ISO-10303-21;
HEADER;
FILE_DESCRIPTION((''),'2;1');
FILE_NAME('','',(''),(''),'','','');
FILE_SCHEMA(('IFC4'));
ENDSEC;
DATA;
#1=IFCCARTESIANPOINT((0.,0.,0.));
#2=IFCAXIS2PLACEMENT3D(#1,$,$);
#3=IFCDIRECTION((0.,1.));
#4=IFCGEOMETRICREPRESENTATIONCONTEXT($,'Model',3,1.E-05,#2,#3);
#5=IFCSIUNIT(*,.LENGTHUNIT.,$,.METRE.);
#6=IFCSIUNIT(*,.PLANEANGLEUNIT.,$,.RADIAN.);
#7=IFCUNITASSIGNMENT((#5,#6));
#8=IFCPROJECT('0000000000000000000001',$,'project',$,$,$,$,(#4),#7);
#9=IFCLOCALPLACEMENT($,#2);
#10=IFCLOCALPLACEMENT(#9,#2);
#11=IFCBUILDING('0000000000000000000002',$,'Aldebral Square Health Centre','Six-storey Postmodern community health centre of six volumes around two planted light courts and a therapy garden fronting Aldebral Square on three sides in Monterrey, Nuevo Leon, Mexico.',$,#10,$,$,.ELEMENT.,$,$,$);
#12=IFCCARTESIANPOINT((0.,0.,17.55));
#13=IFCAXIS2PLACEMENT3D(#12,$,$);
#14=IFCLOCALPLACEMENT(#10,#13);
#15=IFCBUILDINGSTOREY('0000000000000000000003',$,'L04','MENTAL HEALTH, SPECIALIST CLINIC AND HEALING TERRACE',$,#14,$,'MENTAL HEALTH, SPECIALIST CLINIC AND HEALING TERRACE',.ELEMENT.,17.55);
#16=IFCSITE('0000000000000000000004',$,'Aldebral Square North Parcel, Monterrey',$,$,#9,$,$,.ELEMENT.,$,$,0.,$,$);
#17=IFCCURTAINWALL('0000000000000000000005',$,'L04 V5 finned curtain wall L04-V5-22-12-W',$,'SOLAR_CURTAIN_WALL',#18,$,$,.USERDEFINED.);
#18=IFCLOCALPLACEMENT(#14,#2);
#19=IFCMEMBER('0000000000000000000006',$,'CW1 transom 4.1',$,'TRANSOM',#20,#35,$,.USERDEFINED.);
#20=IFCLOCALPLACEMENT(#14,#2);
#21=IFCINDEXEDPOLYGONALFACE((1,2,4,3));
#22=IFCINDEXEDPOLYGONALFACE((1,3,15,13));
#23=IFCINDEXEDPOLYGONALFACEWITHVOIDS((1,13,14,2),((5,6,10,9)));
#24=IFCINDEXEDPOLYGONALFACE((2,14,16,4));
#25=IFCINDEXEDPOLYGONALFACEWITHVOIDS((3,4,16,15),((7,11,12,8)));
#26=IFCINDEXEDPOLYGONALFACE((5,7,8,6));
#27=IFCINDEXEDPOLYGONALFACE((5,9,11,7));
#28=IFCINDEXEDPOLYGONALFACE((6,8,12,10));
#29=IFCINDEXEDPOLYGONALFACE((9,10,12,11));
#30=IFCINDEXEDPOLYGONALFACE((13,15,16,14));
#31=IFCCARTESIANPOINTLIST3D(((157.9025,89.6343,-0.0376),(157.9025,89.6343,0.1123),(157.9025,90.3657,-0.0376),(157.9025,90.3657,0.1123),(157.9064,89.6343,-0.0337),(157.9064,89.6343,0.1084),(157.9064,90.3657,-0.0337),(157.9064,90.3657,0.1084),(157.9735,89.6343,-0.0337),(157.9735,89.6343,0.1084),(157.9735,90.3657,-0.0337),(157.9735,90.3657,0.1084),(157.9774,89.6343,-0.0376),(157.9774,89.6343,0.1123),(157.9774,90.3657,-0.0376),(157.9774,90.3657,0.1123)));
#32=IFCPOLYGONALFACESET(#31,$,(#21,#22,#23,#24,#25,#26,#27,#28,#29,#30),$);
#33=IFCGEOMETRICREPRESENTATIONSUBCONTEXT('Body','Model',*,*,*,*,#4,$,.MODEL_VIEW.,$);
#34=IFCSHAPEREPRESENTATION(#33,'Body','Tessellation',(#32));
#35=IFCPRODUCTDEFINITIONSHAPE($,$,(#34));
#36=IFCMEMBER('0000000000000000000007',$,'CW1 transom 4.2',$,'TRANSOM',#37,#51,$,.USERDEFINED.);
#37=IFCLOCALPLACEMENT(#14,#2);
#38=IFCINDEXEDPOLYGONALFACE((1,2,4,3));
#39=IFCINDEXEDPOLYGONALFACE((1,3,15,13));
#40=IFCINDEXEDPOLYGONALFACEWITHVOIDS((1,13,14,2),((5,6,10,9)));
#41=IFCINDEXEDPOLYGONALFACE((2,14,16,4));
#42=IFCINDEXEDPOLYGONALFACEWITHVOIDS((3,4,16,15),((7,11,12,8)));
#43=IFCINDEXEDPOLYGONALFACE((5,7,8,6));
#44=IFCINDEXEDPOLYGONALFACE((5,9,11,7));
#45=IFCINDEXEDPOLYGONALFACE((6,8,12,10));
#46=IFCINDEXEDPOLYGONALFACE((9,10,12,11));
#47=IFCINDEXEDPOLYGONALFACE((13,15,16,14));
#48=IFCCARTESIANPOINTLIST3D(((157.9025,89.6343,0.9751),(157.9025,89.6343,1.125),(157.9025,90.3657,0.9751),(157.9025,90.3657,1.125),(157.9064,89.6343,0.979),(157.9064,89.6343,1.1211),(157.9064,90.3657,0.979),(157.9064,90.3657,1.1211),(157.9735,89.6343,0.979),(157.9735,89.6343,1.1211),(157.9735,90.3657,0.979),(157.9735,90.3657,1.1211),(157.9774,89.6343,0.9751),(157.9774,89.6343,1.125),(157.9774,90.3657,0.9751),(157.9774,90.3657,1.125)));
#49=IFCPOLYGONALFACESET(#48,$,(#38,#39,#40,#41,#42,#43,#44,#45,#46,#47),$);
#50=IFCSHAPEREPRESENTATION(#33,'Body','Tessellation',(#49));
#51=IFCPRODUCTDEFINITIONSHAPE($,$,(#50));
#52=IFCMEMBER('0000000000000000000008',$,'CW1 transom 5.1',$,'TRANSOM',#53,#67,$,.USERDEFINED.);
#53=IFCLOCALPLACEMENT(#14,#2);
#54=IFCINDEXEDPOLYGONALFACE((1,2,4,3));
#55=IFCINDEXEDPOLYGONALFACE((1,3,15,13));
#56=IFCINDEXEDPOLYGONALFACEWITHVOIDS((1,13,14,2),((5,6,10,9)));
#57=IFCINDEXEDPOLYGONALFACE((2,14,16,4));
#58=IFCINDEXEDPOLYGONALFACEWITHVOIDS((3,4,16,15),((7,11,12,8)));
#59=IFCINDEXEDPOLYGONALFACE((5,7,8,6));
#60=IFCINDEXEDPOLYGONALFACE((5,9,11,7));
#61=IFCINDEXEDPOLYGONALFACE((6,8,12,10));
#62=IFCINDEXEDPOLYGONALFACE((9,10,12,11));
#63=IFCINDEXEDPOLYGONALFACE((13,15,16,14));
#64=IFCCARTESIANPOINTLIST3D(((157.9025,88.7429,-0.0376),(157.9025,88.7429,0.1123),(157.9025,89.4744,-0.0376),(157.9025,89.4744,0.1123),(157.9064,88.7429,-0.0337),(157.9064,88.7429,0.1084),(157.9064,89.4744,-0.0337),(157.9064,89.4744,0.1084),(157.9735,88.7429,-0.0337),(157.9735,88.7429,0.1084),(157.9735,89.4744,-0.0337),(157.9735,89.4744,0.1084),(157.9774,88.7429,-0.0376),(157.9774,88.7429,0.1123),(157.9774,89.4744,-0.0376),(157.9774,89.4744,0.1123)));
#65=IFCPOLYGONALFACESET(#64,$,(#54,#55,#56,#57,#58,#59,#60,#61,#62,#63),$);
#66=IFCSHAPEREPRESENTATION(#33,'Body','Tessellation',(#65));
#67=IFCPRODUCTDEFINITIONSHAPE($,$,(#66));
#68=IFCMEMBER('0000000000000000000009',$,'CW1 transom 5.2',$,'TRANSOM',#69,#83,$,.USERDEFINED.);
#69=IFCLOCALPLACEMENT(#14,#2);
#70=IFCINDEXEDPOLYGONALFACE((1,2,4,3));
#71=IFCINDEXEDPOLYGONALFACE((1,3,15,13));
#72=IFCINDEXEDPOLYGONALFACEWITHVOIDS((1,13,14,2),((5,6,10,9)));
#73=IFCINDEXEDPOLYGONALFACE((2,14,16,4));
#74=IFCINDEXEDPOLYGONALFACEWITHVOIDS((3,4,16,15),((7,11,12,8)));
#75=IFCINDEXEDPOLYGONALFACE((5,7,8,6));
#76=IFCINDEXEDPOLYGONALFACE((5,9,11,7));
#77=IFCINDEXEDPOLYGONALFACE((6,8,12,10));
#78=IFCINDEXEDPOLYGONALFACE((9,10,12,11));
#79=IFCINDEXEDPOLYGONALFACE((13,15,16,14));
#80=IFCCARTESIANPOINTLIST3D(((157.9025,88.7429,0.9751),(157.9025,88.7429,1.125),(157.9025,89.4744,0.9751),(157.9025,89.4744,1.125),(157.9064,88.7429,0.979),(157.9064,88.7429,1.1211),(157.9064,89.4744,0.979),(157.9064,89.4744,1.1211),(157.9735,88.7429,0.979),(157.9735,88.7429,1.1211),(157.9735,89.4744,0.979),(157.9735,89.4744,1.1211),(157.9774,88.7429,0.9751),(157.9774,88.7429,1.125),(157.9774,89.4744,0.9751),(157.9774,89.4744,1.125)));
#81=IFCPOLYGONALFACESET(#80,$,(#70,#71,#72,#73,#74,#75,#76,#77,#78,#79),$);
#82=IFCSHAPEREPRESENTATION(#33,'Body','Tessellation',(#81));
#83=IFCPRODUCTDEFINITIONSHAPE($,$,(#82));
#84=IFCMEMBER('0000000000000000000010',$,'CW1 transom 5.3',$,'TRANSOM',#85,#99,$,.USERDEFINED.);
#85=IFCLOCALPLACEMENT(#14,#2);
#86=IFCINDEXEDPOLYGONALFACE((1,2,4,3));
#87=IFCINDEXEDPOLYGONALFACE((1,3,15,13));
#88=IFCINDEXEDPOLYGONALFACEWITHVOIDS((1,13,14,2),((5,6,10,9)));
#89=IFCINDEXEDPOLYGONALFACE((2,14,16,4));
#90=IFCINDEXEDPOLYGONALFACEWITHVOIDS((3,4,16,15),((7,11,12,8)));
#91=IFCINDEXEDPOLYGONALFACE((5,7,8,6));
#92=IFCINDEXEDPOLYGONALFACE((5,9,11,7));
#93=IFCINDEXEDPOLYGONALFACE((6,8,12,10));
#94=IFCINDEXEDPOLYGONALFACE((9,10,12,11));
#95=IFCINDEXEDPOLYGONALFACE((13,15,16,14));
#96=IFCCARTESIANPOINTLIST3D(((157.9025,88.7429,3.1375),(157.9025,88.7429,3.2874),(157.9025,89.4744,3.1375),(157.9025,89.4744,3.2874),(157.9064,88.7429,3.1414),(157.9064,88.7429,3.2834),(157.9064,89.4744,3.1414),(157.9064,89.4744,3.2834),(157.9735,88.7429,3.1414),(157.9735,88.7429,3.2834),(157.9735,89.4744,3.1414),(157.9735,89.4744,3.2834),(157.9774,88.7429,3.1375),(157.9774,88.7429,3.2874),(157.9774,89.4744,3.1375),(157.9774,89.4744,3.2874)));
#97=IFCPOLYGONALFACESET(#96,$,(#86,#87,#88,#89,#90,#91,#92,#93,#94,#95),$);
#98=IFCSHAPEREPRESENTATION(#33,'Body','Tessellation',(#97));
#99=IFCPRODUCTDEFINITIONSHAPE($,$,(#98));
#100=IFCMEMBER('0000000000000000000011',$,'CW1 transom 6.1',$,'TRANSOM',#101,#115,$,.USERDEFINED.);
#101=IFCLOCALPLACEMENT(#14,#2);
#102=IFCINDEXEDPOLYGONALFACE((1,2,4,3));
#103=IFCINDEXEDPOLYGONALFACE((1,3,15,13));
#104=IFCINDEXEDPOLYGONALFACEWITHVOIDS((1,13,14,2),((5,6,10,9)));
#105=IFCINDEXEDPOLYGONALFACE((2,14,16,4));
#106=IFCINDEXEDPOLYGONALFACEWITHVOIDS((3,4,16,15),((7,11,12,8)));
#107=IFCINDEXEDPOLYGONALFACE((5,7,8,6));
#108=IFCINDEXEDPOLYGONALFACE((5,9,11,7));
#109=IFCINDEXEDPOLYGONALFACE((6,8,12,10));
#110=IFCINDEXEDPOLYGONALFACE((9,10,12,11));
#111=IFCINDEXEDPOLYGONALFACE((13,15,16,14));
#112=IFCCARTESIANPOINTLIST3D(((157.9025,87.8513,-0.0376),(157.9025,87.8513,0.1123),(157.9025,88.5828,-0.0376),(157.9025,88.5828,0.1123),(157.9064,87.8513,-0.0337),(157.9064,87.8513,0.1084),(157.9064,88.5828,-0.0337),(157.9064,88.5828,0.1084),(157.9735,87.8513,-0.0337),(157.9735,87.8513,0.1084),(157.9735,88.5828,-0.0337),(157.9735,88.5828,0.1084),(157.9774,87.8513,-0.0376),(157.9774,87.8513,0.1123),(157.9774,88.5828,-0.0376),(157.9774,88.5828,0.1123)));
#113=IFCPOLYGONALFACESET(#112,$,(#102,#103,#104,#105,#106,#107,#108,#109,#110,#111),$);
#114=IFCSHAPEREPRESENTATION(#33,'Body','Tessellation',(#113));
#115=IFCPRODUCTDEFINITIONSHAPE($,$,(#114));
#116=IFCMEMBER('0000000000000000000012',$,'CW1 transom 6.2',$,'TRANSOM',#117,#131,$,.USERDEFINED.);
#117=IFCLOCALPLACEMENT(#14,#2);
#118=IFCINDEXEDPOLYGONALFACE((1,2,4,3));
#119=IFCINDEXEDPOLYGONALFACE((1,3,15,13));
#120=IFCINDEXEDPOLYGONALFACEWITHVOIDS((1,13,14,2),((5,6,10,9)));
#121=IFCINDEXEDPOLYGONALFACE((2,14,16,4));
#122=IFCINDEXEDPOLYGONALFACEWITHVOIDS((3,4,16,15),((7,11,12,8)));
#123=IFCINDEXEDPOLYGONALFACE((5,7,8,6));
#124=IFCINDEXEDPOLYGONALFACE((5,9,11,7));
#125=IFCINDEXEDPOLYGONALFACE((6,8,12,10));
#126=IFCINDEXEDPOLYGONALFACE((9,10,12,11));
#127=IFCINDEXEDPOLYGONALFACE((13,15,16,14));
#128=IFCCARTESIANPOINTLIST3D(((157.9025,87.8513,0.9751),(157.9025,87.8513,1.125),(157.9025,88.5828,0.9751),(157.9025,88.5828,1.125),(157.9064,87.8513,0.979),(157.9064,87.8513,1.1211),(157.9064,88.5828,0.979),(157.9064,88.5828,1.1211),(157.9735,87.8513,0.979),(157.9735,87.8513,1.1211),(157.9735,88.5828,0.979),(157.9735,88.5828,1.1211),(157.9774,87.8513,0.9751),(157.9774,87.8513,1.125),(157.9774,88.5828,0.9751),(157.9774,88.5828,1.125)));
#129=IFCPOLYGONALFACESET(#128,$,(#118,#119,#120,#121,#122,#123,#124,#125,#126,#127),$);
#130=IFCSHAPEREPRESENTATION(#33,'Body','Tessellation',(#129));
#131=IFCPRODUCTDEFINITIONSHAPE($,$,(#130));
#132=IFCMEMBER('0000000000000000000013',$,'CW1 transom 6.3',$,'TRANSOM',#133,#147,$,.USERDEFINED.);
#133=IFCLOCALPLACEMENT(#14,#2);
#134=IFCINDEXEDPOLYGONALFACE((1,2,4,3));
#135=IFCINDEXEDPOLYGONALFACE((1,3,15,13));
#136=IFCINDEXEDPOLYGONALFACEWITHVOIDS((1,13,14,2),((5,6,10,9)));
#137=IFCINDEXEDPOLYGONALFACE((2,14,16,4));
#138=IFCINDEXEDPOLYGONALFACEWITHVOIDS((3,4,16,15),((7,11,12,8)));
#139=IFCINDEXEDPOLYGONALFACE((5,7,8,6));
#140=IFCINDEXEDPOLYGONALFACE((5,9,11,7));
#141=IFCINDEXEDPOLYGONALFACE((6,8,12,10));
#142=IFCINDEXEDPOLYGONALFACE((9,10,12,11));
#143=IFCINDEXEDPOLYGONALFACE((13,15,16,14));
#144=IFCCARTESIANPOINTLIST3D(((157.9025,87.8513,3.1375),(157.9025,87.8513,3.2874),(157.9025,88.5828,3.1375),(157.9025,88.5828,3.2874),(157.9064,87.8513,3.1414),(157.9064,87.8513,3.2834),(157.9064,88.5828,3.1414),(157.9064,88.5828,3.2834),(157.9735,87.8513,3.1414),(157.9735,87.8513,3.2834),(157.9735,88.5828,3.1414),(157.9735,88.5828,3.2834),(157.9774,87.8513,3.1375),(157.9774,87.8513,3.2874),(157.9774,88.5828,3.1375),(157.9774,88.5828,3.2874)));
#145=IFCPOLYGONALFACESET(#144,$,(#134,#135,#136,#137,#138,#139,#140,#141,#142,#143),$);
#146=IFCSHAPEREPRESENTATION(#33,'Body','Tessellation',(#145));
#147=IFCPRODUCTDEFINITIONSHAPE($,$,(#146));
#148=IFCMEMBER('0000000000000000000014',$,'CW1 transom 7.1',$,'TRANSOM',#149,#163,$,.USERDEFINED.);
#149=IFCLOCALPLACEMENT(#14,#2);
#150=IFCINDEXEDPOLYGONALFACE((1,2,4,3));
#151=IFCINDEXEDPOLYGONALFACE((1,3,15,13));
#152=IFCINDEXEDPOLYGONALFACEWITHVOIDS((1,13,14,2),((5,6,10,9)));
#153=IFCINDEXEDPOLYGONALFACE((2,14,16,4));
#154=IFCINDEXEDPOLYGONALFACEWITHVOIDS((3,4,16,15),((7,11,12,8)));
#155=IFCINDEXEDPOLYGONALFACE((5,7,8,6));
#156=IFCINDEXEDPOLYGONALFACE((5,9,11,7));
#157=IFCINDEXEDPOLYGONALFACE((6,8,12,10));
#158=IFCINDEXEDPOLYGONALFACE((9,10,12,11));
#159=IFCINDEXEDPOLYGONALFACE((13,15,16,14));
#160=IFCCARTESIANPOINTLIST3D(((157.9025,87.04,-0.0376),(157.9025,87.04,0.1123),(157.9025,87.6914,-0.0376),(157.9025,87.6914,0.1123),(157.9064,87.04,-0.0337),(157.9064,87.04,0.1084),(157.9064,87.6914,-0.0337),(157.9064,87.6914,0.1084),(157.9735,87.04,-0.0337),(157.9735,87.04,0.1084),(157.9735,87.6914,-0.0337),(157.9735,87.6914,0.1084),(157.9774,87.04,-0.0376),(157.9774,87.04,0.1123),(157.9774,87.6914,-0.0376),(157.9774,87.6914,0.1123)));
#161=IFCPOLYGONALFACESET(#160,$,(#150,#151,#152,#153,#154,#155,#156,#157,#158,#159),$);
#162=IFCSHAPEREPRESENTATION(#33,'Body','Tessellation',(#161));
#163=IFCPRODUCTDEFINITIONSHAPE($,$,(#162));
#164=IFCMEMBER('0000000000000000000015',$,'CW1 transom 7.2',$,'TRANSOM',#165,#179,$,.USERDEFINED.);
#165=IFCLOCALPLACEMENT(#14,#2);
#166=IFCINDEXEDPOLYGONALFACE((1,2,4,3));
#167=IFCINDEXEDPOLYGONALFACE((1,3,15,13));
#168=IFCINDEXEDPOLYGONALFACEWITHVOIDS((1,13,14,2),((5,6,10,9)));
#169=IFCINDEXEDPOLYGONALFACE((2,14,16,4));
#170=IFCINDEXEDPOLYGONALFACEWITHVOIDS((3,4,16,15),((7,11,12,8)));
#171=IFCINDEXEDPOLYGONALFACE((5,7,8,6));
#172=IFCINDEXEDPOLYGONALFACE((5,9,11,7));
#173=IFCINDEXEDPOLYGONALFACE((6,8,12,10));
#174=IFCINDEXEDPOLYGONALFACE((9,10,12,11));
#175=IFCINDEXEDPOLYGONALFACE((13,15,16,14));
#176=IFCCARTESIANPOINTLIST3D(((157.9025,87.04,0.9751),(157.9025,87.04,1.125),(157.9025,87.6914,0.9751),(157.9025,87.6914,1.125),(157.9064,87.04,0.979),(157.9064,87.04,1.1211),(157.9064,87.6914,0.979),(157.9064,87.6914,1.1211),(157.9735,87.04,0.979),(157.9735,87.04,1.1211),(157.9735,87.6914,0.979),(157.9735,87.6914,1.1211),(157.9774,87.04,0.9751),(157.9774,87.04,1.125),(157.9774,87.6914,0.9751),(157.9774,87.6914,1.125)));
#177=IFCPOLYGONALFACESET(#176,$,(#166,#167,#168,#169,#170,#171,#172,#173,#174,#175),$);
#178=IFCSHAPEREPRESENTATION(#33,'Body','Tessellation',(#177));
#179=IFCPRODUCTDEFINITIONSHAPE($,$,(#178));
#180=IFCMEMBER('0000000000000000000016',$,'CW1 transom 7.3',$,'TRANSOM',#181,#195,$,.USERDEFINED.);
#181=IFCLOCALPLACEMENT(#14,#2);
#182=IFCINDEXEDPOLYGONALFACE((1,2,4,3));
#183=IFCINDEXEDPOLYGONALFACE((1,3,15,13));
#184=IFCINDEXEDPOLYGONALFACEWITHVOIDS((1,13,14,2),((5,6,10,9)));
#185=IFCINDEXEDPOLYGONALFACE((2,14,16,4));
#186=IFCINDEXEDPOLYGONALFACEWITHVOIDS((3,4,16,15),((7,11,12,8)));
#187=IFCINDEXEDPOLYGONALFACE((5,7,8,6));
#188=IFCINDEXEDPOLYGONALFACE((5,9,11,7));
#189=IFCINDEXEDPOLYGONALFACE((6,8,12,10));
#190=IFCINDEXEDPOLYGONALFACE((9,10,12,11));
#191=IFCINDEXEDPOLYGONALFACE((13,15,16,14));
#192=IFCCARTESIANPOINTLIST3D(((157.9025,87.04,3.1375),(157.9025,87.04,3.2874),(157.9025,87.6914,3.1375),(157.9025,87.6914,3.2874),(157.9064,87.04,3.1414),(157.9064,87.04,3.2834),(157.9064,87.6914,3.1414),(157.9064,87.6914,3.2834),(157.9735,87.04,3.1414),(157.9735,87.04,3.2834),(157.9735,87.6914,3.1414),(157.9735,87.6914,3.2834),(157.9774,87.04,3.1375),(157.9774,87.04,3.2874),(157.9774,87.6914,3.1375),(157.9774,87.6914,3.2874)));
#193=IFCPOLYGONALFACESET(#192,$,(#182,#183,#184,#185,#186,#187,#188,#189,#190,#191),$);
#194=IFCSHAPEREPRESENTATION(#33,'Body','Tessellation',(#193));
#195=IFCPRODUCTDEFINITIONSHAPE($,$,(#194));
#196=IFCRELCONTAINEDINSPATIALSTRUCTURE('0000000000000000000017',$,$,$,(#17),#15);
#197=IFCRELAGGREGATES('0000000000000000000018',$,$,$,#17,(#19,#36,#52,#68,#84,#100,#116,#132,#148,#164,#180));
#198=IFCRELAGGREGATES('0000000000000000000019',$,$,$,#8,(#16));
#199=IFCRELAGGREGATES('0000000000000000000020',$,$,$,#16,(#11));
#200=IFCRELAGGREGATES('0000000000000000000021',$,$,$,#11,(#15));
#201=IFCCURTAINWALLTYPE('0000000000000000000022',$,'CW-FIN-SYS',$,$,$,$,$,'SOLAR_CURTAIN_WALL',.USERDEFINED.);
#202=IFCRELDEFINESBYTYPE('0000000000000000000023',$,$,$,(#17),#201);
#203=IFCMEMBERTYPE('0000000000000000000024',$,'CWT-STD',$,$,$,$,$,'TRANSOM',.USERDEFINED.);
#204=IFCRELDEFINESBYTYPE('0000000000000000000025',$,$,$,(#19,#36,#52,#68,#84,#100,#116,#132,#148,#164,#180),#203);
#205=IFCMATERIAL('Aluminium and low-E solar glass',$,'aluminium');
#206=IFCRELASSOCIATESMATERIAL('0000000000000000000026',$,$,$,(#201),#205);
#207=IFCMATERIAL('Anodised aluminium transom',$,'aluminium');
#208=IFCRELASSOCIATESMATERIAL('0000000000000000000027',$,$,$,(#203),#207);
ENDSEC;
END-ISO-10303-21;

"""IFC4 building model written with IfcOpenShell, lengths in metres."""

from ifc_helpers import new_model, si_unit, direction, frame, origin, origin_2d, place, context, subcontext, project, spatial, hollow_rectangle, extrude, material, material_profile, profile_set, type_object, element, aggregate, save


model = new_model("IFC4")

# Units and contexts
model_context = context("Model", 3, precision=1e-05, world=origin(), true_north=direction((0.0, 1.0)))
body_context = subcontext(model_context, "Body", "Model", "MODEL_VIEW")
ifc_project = project(units=[si_unit("LENGTHUNIT", "METRE"), si_unit("PLANEANGLEUNIT", "RADIAN")], contexts=[model_context])

# Site, building, storey
site_placement = place(None, origin())
site = spatial("IfcSite", under=ifc_project, at=site_placement, Name="Aldebral Square North Parcel, Monterrey", CompositionType="ELEMENT", RefElevation=0.0)
building_placement = place(site_placement, origin())
building = spatial("IfcBuilding", under=site, at=building_placement, Name="Aldebral Square Health Centre", Description="Six-storey Postmodern community health centre of six volumes around two planted light courts and a therapy garden fronting Aldebral Square on three sides in Monterrey, Nuevo Leon, Mexico.", CompositionType="ELEMENT")
storey_placement = place(building_placement, frame((0.0, 0.0, 17.55)))
storey = spatial("IfcBuildingStorey", under=building, at=storey_placement, Name="L04", Description="MENTAL HEALTH, SPECIALIST CLINIC AND HEALING TERRACE", LongName="MENTAL HEALTH, SPECIALIST CLINIC AND HEALING TERRACE", CompositionType="ELEMENT", Elevation=17.55)

# Curtain wall, members
ifc_material_1 = material(Name="Aluminium and low-E solar glass", Category="aluminium")
curtain_wall_type = type_object("IfcCurtainWallType", Name="CW-FIN-SYS", ElementType="SOLAR_CURTAIN_WALL", PredefinedType="USERDEFINED", material=ifc_material_1)
curtain_wall_placement = place(storey_placement, origin())
curtain_wall = element("IfcCurtainWall", 1, at=curtain_wall_placement, inside=storey, type_object=curtain_wall_type, Name="L04 V5 finned curtain wall L04-V5-22-12-W", ObjectType="SOLAR_CURTAIN_WALL", PredefinedType="USERDEFINED")
ifc_material_2 = material(Name="Anodised aluminium transom", Category="aluminium")
ifc_material_profile = material_profile(ifc_material_2, hollow_rectangle(XDim=0.075, YDim=0.1499, WallThickness=0.0039, at=origin_2d()), Name="CWT 75x150x4")
ifc_profile_set = profile_set([ifc_material_profile], Name="Anodised aluminium transom")
member_type = type_object("IfcMemberType", Name="CWT-STD", ElementType="TRANSOM", PredefinedType="USERDEFINED", material=ifc_profile_set)
member_1_placement = place(storey_placement, frame((157.9399, 90.3657, 0.0374), z_axis=(0.0, -1.0, 0.0), x_axis=(1.0, 0.0, 0.0)))
member_1 = element("IfcMember", 2, at=member_1_placement, type_object=member_type, Name="CW1 transom 4.1", ObjectType="TRANSOM", PredefinedType="USERDEFINED", context=body_context, shape_type="SweptSolid", body=[
    extrude(hollow_rectangle(XDim=0.075, YDim=0.1499, WallThickness=0.0039, at=origin_2d()), origin(), (0.0, 0.0, 1.0), 0.7314),
])
member_2_placement = place(storey_placement, frame((157.9399, 90.3657, 1.05), z_axis=(0.0, -1.0, 0.0), x_axis=(1.0, 0.0, 0.0)))
member_2 = element("IfcMember", 3, at=member_2_placement, type_object=member_type, Name="CW1 transom 4.2", ObjectType="TRANSOM", PredefinedType="USERDEFINED", context=body_context, shape_type="SweptSolid", body=[
    extrude(hollow_rectangle(XDim=0.075, YDim=0.1499, WallThickness=0.0039, at=origin_2d()), origin(), (0.0, 0.0, 1.0), 0.7314),
])
member_3_placement = place(storey_placement, frame((157.9399, 89.4744, 0.0374), z_axis=(0.0, -1.0, 0.0), x_axis=(1.0, 0.0, 0.0)))
member_3 = element("IfcMember", 4, at=member_3_placement, type_object=member_type, Name="CW1 transom 5.1", ObjectType="TRANSOM", PredefinedType="USERDEFINED", context=body_context, shape_type="SweptSolid", body=[
    extrude(hollow_rectangle(XDim=0.075, YDim=0.1499, WallThickness=0.0039, at=origin_2d()), origin(), (0.0, 0.0, 1.0), 0.7314),
])
member_4_placement = place(storey_placement, frame((157.9399, 89.4744, 1.05), z_axis=(0.0, -1.0, 0.0), x_axis=(1.0, 0.0, 0.0)))
member_4 = element("IfcMember", 5, at=member_4_placement, type_object=member_type, Name="CW1 transom 5.2", ObjectType="TRANSOM", PredefinedType="USERDEFINED", context=body_context, shape_type="SweptSolid", body=[
    extrude(hollow_rectangle(XDim=0.075, YDim=0.1499, WallThickness=0.0039, at=origin_2d()), origin(), (0.0, 0.0, 1.0), 0.7314),
])
member_5_placement = place(storey_placement, frame((157.9399, 89.4744, 3.2124), z_axis=(0.0, -1.0, 0.0), x_axis=(1.0, 0.0, 0.0)))
member_5 = element("IfcMember", 6, at=member_5_placement, type_object=member_type, Name="CW1 transom 5.3", ObjectType="TRANSOM", PredefinedType="USERDEFINED", context=body_context, shape_type="SweptSolid", body=[
    extrude(hollow_rectangle(XDim=0.075, YDim=0.1499, WallThickness=0.0039, at=origin_2d()), origin(), (0.0, 0.0, 1.0), 0.7314),
])
member_6_placement = place(storey_placement, frame((157.9399, 88.5828, 0.0374), z_axis=(0.0, -1.0, 0.0), x_axis=(1.0, 0.0, 0.0)))
member_6 = element("IfcMember", 7, at=member_6_placement, type_object=member_type, Name="CW1 transom 6.1", ObjectType="TRANSOM", PredefinedType="USERDEFINED", context=body_context, shape_type="SweptSolid", body=[
    extrude(hollow_rectangle(XDim=0.075, YDim=0.1499, WallThickness=0.0039, at=origin_2d()), origin(), (0.0, 0.0, 1.0), 0.7314),
])
member_7_placement = place(storey_placement, frame((157.9399, 88.5828, 1.05), z_axis=(0.0, -1.0, 0.0), x_axis=(1.0, 0.0, 0.0)))
member_7 = element("IfcMember", 8, at=member_7_placement, type_object=member_type, Name="CW1 transom 6.2", ObjectType="TRANSOM", PredefinedType="USERDEFINED", context=body_context, shape_type="SweptSolid", body=[
    extrude(hollow_rectangle(XDim=0.075, YDim=0.1499, WallThickness=0.0039, at=origin_2d()), origin(), (0.0, 0.0, 1.0), 0.7314),
])
member_8_placement = place(storey_placement, frame((157.9399, 88.5828, 3.2124), z_axis=(0.0, -1.0, 0.0), x_axis=(1.0, 0.0, 0.0)))
member_8 = element("IfcMember", 9, at=member_8_placement, type_object=member_type, Name="CW1 transom 6.3", ObjectType="TRANSOM", PredefinedType="USERDEFINED", context=body_context, shape_type="SweptSolid", body=[
    extrude(hollow_rectangle(XDim=0.075, YDim=0.1499, WallThickness=0.0039, at=origin_2d()), origin(), (0.0, 0.0, 1.0), 0.7314),
])
member_9_placement = place(storey_placement, frame((157.9399, 87.6914, 0.0374), z_axis=(0.0, -1.0, 0.0), x_axis=(1.0, 0.0, 0.0)))
member_9 = element("IfcMember", 10, at=member_9_placement, type_object=member_type, Name="CW1 transom 7.1", ObjectType="TRANSOM", PredefinedType="USERDEFINED", context=body_context, shape_type="SweptSolid", body=[
    extrude(hollow_rectangle(XDim=0.075, YDim=0.1499, WallThickness=0.0039, at=origin_2d()), origin(), (0.0, 0.0, 1.0), 0.6514),
])
member_10_placement = place(storey_placement, frame((157.9399, 87.6914, 1.05), z_axis=(0.0, -1.0, 0.0), x_axis=(1.0, 0.0, 0.0)))
member_10 = element("IfcMember", 11, at=member_10_placement, type_object=member_type, Name="CW1 transom 7.2", ObjectType="TRANSOM", PredefinedType="USERDEFINED", context=body_context, shape_type="SweptSolid", body=[
    extrude(hollow_rectangle(XDim=0.075, YDim=0.1499, WallThickness=0.0039, at=origin_2d()), origin(), (0.0, 0.0, 1.0), 0.6514),
])
member_11_placement = place(storey_placement, frame((157.9399, 87.6914, 3.2124), z_axis=(0.0, -1.0, 0.0), x_axis=(1.0, 0.0, 0.0)))
member_11 = element("IfcMember", 12, at=member_11_placement, type_object=member_type, Name="CW1 transom 7.3", ObjectType="TRANSOM", PredefinedType="USERDEFINED", context=body_context, shape_type="SweptSolid", body=[
    extrude(hollow_rectangle(XDim=0.075, YDim=0.1499, WallThickness=0.0039, at=origin_2d()), origin(), (0.0, 0.0, 1.0), 0.6514),
])
aggregate(curtain_wall, [member_1, member_2, member_3, member_4, member_5, member_6, member_7, member_8, member_9, member_10, member_11])

save(model, "model.ifc")
